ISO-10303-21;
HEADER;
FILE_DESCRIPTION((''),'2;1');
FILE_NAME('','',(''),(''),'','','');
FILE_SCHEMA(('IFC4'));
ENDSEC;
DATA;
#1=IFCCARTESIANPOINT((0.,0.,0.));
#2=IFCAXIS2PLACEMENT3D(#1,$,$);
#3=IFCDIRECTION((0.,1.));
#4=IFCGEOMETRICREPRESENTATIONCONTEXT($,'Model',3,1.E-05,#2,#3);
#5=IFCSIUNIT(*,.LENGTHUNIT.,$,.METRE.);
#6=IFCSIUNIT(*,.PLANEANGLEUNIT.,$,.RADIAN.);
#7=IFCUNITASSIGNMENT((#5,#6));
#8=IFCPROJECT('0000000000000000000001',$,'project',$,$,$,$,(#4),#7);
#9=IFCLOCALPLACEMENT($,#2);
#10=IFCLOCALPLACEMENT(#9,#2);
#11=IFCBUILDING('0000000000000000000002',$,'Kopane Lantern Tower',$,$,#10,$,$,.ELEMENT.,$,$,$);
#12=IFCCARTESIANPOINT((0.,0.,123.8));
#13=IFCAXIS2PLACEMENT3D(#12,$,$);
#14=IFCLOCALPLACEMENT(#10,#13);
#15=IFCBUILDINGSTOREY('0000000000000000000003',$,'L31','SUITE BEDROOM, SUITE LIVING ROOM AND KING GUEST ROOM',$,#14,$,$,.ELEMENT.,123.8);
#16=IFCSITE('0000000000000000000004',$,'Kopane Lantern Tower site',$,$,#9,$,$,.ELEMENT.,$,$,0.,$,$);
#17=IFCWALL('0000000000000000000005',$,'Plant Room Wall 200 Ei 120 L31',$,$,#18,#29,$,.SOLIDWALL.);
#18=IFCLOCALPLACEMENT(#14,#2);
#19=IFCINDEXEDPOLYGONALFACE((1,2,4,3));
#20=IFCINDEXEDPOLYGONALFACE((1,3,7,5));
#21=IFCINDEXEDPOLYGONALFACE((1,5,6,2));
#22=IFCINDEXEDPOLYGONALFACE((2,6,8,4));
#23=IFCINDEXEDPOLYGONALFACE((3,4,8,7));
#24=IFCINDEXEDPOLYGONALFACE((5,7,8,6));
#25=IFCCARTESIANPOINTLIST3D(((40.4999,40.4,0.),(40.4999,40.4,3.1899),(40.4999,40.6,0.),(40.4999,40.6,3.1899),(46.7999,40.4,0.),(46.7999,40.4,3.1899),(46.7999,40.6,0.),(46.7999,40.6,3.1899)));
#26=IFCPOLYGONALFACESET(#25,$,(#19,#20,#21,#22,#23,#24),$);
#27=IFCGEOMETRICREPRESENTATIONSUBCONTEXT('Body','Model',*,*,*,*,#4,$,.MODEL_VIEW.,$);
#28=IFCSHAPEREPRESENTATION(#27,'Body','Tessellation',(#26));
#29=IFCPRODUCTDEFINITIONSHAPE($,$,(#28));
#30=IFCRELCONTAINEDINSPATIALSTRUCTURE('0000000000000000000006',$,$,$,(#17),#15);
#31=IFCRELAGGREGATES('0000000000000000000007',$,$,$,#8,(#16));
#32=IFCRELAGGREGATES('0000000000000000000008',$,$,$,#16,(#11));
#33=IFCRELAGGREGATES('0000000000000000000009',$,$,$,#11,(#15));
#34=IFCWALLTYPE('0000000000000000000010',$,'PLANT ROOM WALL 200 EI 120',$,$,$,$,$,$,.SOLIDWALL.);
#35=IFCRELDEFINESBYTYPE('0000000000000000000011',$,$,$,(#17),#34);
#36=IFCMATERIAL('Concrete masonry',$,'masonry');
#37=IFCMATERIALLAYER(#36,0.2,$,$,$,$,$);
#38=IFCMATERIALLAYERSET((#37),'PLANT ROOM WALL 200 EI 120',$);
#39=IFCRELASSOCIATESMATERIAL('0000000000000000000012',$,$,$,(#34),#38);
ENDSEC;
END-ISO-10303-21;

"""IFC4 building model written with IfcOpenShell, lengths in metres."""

from ifc_helpers import new_model, si_unit, direction, frame, frame_2d, origin, place, context, subcontext, project, spatial, rectangle, extrude, material, layer, layer_set, type_object, element, save


model = new_model("IFC4")

# Units and contexts
model_context = context("Model", 3, precision=1e-05, world=origin(), true_north=direction((0.0, 1.0)))
body_context = subcontext(model_context, "Body", "Model", "MODEL_VIEW")
ifc_project = project(units=[si_unit("LENGTHUNIT", "METRE"), si_unit("PLANEANGLEUNIT", "RADIAN")], contexts=[model_context])

# Site, building, storey
site_placement = place(None, origin())
site = spatial("IfcSite", under=ifc_project, at=site_placement, Name="Kopane Lantern Tower site", CompositionType="ELEMENT", RefElevation=0.0)
building_placement = place(site_placement, origin())
building = spatial("IfcBuilding", under=site, at=building_placement, Name="Kopane Lantern Tower", CompositionType="ELEMENT")
storey_placement = place(building_placement, frame((0.0, 0.0, 123.8)))
storey = spatial("IfcBuildingStorey", under=building, at=storey_placement, Name="L31", Description="SUITE BEDROOM, SUITE LIVING ROOM AND KING GUEST ROOM", CompositionType="ELEMENT", Elevation=123.8)

# Wall
ifc_material_1 = material(Name="Concrete masonry", Category="masonry")
ifc_layer_1 = layer(ifc_material_1, 0.2)
ifc_layer_set_1 = layer_set([ifc_layer_1], Name="PLANT ROOM WALL 200 EI 120")
wall_type_1 = type_object("IfcWallType", Name="PLANT ROOM WALL 200 EI 120", PredefinedType="SOLIDWALL", material=ifc_layer_set_1)
wall_1_placement = place(storey_placement, frame((40.5, 40.5, 0.0), z_axis=(0.0, 0.0, 1.0), x_axis=(1.0, 0.0, 0.0)))
element("IfcWall", 1, at=wall_1_placement, inside=storey, type_object=wall_type_1, Name="Plant Room Wall 200 Ei 120 L31", PredefinedType="SOLIDWALL", context=body_context, shape_type="SweptSolid", body=[
    extrude(rectangle(XDim=6.3, YDim=0.2, at=frame_2d((3.1499, 0.0))), origin(), (0.0, 0.0, 1.0), 3.1899),
])

save(model, "model.ifc")
